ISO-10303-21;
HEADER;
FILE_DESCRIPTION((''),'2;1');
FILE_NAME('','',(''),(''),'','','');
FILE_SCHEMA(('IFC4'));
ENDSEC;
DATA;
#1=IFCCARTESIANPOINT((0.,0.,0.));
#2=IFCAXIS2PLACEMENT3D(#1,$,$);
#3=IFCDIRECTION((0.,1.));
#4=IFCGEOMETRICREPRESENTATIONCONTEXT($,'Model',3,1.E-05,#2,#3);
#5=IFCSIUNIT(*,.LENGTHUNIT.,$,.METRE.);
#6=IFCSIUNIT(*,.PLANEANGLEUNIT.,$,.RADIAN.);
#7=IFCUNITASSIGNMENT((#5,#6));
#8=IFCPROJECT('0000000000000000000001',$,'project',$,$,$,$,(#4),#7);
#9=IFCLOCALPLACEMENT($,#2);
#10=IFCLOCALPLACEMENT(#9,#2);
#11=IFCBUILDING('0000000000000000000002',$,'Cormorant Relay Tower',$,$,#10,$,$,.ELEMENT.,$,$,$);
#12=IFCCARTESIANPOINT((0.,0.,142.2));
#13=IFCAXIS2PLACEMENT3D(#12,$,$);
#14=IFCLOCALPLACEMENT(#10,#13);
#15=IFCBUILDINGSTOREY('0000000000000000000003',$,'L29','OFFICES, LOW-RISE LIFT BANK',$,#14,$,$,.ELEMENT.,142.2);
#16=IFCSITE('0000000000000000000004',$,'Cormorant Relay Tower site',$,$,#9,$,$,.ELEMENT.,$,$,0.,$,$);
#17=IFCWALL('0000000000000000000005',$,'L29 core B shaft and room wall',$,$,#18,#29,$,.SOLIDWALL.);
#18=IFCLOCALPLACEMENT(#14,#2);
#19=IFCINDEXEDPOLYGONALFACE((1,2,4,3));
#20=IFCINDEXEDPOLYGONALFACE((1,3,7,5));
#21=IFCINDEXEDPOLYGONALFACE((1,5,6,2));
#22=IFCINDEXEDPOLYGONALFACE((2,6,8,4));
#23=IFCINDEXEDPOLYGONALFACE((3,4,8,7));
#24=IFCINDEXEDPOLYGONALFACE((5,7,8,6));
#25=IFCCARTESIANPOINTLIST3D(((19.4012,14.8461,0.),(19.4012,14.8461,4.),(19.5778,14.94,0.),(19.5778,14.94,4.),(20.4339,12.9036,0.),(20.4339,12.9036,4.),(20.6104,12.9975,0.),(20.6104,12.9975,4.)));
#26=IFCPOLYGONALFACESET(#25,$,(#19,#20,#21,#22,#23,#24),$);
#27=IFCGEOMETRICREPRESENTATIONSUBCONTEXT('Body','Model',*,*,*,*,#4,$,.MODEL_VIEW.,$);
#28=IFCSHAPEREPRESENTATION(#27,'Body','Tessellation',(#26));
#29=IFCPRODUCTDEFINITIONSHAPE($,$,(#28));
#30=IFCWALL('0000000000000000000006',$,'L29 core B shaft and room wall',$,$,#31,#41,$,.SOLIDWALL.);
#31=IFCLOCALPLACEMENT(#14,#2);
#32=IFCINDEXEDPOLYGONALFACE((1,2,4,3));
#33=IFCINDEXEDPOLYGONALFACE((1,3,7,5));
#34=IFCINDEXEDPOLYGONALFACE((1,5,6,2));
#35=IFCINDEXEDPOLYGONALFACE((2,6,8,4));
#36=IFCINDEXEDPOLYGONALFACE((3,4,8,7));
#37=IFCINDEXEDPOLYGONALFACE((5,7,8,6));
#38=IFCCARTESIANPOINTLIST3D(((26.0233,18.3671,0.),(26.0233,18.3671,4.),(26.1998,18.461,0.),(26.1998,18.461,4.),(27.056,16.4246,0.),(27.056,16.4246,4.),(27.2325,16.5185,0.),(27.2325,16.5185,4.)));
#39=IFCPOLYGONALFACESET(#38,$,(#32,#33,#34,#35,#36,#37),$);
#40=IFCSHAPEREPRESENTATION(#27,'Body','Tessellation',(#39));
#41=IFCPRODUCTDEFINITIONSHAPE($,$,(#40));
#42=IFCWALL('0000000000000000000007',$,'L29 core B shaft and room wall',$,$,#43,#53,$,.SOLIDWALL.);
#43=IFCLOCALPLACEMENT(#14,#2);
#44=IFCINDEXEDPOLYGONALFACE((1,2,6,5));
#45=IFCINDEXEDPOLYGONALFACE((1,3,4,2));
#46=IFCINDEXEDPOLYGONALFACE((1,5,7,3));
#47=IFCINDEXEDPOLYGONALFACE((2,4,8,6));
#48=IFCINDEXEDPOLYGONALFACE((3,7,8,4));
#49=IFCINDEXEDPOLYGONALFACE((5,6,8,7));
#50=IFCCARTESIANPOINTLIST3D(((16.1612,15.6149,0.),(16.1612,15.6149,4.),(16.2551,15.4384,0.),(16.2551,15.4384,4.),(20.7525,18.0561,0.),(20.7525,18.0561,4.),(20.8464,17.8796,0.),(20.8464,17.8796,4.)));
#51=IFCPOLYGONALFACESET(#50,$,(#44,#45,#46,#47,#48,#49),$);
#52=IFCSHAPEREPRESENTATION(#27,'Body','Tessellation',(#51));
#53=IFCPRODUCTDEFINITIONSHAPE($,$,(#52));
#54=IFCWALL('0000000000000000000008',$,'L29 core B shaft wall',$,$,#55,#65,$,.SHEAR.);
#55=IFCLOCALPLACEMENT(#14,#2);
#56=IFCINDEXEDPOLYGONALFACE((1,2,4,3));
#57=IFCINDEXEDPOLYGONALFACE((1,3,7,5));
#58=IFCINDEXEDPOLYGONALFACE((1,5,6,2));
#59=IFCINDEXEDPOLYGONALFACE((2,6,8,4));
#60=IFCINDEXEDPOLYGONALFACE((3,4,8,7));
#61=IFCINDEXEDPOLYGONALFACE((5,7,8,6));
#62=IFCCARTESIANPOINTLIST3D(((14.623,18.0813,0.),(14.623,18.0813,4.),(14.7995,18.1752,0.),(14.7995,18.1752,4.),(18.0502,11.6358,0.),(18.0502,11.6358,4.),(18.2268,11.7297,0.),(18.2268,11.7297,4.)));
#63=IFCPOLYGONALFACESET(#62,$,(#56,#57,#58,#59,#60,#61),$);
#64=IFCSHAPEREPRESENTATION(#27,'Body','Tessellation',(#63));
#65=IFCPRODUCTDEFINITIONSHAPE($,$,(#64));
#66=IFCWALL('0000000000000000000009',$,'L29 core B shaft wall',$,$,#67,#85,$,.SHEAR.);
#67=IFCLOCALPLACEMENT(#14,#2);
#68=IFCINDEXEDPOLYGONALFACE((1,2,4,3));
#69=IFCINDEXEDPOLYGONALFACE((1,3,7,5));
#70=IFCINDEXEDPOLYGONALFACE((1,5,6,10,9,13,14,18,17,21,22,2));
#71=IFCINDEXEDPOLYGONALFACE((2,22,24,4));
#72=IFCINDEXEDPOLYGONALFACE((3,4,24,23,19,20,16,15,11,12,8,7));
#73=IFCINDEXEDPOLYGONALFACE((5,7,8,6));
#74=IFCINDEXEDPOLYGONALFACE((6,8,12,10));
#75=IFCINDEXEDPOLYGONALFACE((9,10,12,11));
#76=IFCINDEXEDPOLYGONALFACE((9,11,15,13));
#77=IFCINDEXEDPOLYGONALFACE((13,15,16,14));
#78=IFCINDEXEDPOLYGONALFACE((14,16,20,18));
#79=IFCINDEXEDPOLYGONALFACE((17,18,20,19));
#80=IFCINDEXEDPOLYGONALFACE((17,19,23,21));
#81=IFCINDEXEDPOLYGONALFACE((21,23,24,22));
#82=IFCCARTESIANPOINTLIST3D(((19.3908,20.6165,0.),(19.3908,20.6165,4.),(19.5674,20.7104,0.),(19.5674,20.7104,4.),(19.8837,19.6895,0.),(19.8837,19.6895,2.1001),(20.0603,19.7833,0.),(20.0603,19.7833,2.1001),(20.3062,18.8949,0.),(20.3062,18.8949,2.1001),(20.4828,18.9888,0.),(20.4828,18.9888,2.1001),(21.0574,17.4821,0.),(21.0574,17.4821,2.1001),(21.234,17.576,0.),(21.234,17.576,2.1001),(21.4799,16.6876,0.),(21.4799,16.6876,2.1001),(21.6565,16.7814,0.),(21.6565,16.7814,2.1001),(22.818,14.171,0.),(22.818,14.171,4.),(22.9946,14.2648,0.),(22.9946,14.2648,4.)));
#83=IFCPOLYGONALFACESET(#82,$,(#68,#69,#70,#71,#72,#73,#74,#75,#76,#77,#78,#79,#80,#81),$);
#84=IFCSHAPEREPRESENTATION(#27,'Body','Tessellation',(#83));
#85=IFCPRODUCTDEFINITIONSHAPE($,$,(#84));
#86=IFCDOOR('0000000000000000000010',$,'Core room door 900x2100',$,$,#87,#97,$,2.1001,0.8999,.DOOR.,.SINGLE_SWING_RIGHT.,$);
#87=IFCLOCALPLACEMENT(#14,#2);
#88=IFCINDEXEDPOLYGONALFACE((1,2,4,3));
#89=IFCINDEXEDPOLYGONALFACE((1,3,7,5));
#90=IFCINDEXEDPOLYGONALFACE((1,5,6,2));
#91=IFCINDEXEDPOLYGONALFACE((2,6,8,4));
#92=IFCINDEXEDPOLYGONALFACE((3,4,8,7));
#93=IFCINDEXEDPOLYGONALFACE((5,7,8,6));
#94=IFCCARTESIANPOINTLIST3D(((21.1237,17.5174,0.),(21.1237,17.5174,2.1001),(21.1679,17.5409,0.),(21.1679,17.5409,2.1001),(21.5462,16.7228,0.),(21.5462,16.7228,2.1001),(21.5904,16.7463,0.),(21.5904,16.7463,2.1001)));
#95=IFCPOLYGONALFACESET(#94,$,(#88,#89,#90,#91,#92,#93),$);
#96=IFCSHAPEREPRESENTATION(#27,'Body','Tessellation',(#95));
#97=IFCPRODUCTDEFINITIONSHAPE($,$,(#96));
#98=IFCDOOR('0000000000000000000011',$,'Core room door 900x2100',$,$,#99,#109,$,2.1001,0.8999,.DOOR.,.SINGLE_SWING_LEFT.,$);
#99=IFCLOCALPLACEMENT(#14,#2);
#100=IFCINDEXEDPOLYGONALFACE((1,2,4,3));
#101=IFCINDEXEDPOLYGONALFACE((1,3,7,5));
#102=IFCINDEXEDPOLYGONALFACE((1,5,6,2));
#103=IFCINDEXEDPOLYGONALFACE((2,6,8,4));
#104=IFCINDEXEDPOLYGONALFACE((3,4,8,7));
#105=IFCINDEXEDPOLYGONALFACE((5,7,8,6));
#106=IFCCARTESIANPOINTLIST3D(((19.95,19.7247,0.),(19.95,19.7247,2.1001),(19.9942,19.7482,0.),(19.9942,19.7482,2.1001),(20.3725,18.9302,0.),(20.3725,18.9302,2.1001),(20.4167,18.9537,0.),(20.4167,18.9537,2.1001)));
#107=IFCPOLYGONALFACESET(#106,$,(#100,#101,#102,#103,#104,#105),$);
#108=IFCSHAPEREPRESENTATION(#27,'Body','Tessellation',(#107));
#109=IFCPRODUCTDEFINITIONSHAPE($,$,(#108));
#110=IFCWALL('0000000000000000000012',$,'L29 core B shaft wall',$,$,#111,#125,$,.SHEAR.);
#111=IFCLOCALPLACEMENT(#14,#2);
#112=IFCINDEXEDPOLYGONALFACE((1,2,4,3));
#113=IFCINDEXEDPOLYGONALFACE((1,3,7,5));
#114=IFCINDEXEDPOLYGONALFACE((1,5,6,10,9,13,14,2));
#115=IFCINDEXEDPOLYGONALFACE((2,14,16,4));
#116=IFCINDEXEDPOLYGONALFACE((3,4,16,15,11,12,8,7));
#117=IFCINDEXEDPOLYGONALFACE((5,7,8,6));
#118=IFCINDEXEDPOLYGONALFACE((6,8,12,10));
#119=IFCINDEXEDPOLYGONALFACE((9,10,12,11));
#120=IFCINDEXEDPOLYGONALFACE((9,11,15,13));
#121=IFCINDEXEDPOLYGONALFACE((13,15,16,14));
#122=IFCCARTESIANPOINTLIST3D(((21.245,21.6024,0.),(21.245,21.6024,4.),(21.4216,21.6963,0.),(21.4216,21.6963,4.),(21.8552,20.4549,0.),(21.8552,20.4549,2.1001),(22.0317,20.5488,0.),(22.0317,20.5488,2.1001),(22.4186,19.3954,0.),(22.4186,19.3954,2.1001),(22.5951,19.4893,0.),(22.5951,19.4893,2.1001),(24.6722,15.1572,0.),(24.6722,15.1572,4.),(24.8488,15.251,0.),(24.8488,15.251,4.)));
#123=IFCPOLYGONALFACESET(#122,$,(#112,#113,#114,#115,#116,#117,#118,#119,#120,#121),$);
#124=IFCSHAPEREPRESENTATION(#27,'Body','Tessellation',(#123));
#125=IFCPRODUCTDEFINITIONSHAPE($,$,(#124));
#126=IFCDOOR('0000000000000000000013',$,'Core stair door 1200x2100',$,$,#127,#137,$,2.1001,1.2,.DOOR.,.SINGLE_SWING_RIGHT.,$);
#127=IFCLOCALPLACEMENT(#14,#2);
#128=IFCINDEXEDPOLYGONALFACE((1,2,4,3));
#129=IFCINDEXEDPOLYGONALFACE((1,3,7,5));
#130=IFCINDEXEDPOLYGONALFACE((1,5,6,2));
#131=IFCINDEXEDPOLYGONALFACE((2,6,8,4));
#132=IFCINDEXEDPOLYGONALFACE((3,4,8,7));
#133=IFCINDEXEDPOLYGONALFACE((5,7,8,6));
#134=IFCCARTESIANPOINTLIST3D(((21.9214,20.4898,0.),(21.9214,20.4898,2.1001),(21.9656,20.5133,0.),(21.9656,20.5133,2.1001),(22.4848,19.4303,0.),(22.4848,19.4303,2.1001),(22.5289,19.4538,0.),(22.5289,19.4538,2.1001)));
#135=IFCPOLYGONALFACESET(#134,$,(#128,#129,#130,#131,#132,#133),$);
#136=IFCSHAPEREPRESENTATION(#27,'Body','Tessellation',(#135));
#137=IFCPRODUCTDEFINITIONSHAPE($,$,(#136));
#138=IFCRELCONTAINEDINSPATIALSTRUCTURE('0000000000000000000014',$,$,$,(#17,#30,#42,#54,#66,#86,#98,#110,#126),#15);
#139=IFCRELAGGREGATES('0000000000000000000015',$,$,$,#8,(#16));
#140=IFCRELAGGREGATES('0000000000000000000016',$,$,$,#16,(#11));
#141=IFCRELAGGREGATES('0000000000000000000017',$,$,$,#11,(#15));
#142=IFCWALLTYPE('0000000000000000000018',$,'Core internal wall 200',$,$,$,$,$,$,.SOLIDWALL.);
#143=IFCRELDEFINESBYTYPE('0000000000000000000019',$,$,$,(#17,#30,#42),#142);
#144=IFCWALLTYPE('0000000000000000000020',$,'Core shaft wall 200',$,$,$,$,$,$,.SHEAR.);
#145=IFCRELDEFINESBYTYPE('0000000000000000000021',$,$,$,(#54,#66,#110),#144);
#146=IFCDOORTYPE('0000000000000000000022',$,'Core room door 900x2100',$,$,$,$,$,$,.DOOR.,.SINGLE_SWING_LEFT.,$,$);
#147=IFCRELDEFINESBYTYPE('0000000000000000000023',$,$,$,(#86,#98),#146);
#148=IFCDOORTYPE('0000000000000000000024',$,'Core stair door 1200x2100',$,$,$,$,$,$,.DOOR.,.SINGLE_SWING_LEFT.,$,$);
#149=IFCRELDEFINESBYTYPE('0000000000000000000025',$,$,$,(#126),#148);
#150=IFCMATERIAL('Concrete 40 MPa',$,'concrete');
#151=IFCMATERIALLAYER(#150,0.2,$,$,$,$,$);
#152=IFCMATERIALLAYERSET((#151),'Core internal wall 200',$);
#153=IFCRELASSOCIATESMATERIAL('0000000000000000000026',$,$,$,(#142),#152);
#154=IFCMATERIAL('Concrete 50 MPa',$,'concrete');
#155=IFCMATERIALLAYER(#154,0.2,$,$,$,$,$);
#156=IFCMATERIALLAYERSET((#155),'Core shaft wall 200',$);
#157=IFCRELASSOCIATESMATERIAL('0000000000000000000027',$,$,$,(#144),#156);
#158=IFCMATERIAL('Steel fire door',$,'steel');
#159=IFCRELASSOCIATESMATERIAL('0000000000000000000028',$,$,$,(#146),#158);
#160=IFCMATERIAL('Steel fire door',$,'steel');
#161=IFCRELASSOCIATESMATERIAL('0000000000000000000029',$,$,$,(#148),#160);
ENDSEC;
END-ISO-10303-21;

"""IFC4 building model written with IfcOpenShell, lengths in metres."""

from ifc_helpers import new_model, si_unit, direction, frame, frame_2d, origin, place, context, subcontext, project, spatial, rectangle, extrude, material, layer, layer_set, type_object, element, fill, save


model = new_model("IFC4")

# Units and contexts
model_context = context("Model", 3, precision=1e-05, world=origin(), true_north=direction((0.0, 1.0)))
body_context = subcontext(model_context, "Body", "Model", "MODEL_VIEW")
ifc_project = project(units=[si_unit("LENGTHUNIT", "METRE"), si_unit("PLANEANGLEUNIT", "RADIAN")], contexts=[model_context])

# Site, building, storey
site_placement = place(None, origin())
site = spatial("IfcSite", under=ifc_project, at=site_placement, Name="Cormorant Relay Tower site", CompositionType="ELEMENT", RefElevation=0.0)
building_placement = place(site_placement, origin())
building = spatial("IfcBuilding", under=site, at=building_placement, Name="Cormorant Relay Tower", CompositionType="ELEMENT")
storey_placement = place(building_placement, frame((0.0, 0.0, 142.2)))
storey = spatial("IfcBuildingStorey", under=building, at=storey_placement, Name="L29", Description="OFFICES, LOW-RISE LIFT BANK", CompositionType="ELEMENT", Elevation=142.2)

# Walls
ifc_material_1 = material(Name="Concrete 40 MPa", Category="concrete")
ifc_layer_1 = layer(ifc_material_1, 0.2)
ifc_layer_set_1 = layer_set([ifc_layer_1], Name="Core internal wall 200")
wall_type_1 = type_object("IfcWallType", Name="Core internal wall 200", PredefinedType="SOLIDWALL", material=ifc_layer_set_1)
for number, where, z_axis, x_axis, name in (
    (1, (20.5222, 12.9504, 0.0), (0.0, 0.0, 1.0), (-0.469401, 0.882985, 0.0), "L29 core B shaft and room wall"),
    (2, (27.1443, 16.4714, 0.0), (0.0, 0.0, 1.0), (-0.469401, 0.882985, 0.0), "L29 core B shaft and room wall"),
):
    element("IfcWall", number, at=place(storey_placement, frame(where, z_axis=z_axis, x_axis=x_axis)), inside=storey, type_object=wall_type_1, Name=name, PredefinedType="SOLIDWALL", context=body_context, shape_type="SweptSolid", body=[
        extrude(rectangle(XDim=2.2, YDim=0.2, at=frame_2d((1.1001, 0.0))), origin(), (0.0, 0.0, 1.0), 4.0),
    ])
wall_1_placement = place(storey_placement, frame((16.208, 15.5266, 0.0), z_axis=(0.0, 0.0, 1.0), x_axis=(0.882954, 0.46946, 0.0)))
element("IfcWall", 3, at=wall_1_placement, inside=storey, type_object=wall_type_1, Name="L29 core B shaft and room wall", PredefinedType="SOLIDWALL", context=body_context, shape_type="SweptSolid", body=[
    extrude(rectangle(XDim=5.2, YDim=0.2, at=frame_2d((2.6001, 0.0))), origin(), (0.0, 0.0, 1.0), 4.0),
])
ifc_material_2 = material(Name="Concrete 50 MPa", Category="concrete")
ifc_layer_2 = layer(ifc_material_2, 0.2)
ifc_layer_set_2 = layer_set([ifc_layer_2], Name="Core shaft wall 200")
wall_type_2 = type_object("IfcWallType", Name="Core shaft wall 200", PredefinedType="SHEAR", material=ifc_layer_set_2)
wall_2_placement = place(storey_placement, frame((18.1384, 11.6829, 0.0), z_axis=(0.0, 0.0, 1.0), x_axis=(-0.46948, 0.882943, 0.0)))
element("IfcWall", 4, at=wall_2_placement, inside=storey, type_object=wall_type_2, Name="L29 core B shaft wall", PredefinedType="SHEAR", context=body_context, shape_type="SweptSolid", body=[
    extrude(rectangle(XDim=7.3, YDim=0.2, at=frame_2d((3.6499, 0.0))), origin(), (0.0, 0.0, 1.0), 4.0),
])

# Wall, openings, doors
wall_3_placement = place(storey_placement, frame((22.9062, 14.218, 0.0), z_axis=(0.0, 0.0, 1.0), x_axis=(-0.46948, 0.882943, 0.0)))
wall_3 = element("IfcWall", 5, at=wall_3_placement, inside=storey, type_object=wall_type_2, Name="L29 core B shaft wall", PredefinedType="SHEAR", context=body_context, shape_type="SweptSolid", body=[
    extrude(rectangle(XDim=7.3, YDim=0.2, at=frame_2d((3.6499, 0.0))), origin(), (0.0, 0.0, 1.0), 4.0),
])
opening_1_placement = place(wall_3_placement, frame((2.8501, 0.0, 0.0)))
opening_1 = element("IfcOpeningElement", 6, at=opening_1_placement, cuts=wall_3, PredefinedType="OPENING", context=body_context, shape_type="SweptSolid", body=[
    extrude(rectangle(XDim=0.8999, YDim=2.1001, at=frame_2d((0.45, 1.05))), frame((0.0, 0.1099, 0.0), z_axis=(0.0, -1.0, 0.0), x_axis=(1.0, 0.0, 0.0)), (0.0, 0.0, 1.0), 0.22),
])
opening_2_placement = place(wall_3_placement, frame((5.3501, 0.0, 0.0)))
opening_2 = element("IfcOpeningElement", 7, at=opening_2_placement, cuts=wall_3, PredefinedType="OPENING", context=body_context, shape_type="SweptSolid", body=[
    extrude(rectangle(XDim=0.8999, YDim=2.1001, at=frame_2d((0.45, 1.05))), frame((0.0, 0.1099, 0.0), z_axis=(0.0, -1.0, 0.0), x_axis=(1.0, 0.0, 0.0)), (0.0, 0.0, 1.0), 0.22),
])
ifc_material_3 = material(Name="Steel fire door", Category="steel")
door_type_1 = type_object("IfcDoorType", Name="Core room door 900x2100", OperationType="SINGLE_SWING_LEFT", PredefinedType="DOOR", material=ifc_material_3)
door_1_placement = place(opening_1_placement, origin())
door_1 = element("IfcDoor", 8, at=door_1_placement, inside=storey, type_object=door_type_1, Name="Core room door 900x2100", OperationType="SINGLE_SWING_RIGHT", OverallHeight=2.1001, OverallWidth=0.8999, PredefinedType="DOOR", context=body_context, shape_type="SweptSolid", body=[
    extrude(rectangle(XDim=0.8999, YDim=2.1001, at=frame_2d((0.45, 1.05))), frame((0.0, 0.0249, 0.0), z_axis=(0.0, -1.0, 0.0), x_axis=(1.0, 0.0, 0.0)), (0.0, 0.0, 1.0), 0.05),
])
fill(opening_1, door_1)
door_2_placement = place(opening_2_placement, origin())
door_2 = element("IfcDoor", 9, at=door_2_placement, inside=storey, type_object=door_type_1, Name="Core room door 900x2100", OperationType="SINGLE_SWING_LEFT", OverallHeight=2.1001, OverallWidth=0.8999, PredefinedType="DOOR", context=body_context, shape_type="SweptSolid", body=[
    extrude(rectangle(XDim=0.8999, YDim=2.1001, at=frame_2d((0.45, 1.05))), frame((0.0, 0.0249, 0.0), z_axis=(0.0, -1.0, 0.0), x_axis=(1.0, 0.0, 0.0)), (0.0, 0.0, 1.0), 0.05),
])
fill(opening_2, door_2)

# Wall, opening, door
wall_4_placement = place(storey_placement, frame((24.7605, 15.2041, 0.0), z_axis=(0.0, 0.0, 1.0), x_axis=(-0.469494, 0.882936, 0.0)))
wall_4 = element("IfcWall", 10, at=wall_4_placement, inside=storey, type_object=wall_type_2, Name="L29 core B shaft wall", PredefinedType="SHEAR", context=body_context, shape_type="SweptSolid", body=[
    extrude(rectangle(XDim=7.2998, YDim=0.2, at=frame_2d((3.6499, 0.0))), origin(), (0.0, 0.0, 1.0), 4.0),
])
opening_3_placement = place(wall_4_placement, frame((4.8, 0.0, 0.0)))
opening_3 = element("IfcOpeningElement", 11, at=opening_3_placement, cuts=wall_4, PredefinedType="OPENING", context=body_context, shape_type="SweptSolid", body=[
    extrude(rectangle(XDim=1.2, YDim=2.1001, at=frame_2d((0.6001, 1.05))), frame((0.0, 0.1099, 0.0), z_axis=(0.0, -1.0, 0.0), x_axis=(1.0, 0.0, 0.0)), (0.0, 0.0, 1.0), 0.22),
])
ifc_material_4 = material(Name="Steel fire door", Category="steel")
door_type_2 = type_object("IfcDoorType", Name="Core stair door 1200x2100", OperationType="SINGLE_SWING_LEFT", PredefinedType="DOOR", material=ifc_material_4)
door_3_placement = place(opening_3_placement, frame((1.2, 0.0, 0.0), z_axis=(0.0, 0.0, 1.0), x_axis=(-1.0, 0.0, 0.0)))
door_3 = element("IfcDoor", 12, at=door_3_placement, inside=storey, type_object=door_type_2, Name="Core stair door 1200x2100", OperationType="SINGLE_SWING_RIGHT", OverallHeight=2.1001, OverallWidth=1.2, PredefinedType="DOOR", context=body_context, shape_type="SweptSolid", body=[
    extrude(rectangle(XDim=1.2, YDim=2.1001, at=frame_2d((0.6001, 1.05))), frame((0.0, 0.0249, 0.0), z_axis=(0.0, -1.0, 0.0), x_axis=(1.0, 0.0, 0.0)), (0.0, 0.0, 1.0), 0.05),
])
fill(opening_3, door_3)

save(model, "model.ifc")
